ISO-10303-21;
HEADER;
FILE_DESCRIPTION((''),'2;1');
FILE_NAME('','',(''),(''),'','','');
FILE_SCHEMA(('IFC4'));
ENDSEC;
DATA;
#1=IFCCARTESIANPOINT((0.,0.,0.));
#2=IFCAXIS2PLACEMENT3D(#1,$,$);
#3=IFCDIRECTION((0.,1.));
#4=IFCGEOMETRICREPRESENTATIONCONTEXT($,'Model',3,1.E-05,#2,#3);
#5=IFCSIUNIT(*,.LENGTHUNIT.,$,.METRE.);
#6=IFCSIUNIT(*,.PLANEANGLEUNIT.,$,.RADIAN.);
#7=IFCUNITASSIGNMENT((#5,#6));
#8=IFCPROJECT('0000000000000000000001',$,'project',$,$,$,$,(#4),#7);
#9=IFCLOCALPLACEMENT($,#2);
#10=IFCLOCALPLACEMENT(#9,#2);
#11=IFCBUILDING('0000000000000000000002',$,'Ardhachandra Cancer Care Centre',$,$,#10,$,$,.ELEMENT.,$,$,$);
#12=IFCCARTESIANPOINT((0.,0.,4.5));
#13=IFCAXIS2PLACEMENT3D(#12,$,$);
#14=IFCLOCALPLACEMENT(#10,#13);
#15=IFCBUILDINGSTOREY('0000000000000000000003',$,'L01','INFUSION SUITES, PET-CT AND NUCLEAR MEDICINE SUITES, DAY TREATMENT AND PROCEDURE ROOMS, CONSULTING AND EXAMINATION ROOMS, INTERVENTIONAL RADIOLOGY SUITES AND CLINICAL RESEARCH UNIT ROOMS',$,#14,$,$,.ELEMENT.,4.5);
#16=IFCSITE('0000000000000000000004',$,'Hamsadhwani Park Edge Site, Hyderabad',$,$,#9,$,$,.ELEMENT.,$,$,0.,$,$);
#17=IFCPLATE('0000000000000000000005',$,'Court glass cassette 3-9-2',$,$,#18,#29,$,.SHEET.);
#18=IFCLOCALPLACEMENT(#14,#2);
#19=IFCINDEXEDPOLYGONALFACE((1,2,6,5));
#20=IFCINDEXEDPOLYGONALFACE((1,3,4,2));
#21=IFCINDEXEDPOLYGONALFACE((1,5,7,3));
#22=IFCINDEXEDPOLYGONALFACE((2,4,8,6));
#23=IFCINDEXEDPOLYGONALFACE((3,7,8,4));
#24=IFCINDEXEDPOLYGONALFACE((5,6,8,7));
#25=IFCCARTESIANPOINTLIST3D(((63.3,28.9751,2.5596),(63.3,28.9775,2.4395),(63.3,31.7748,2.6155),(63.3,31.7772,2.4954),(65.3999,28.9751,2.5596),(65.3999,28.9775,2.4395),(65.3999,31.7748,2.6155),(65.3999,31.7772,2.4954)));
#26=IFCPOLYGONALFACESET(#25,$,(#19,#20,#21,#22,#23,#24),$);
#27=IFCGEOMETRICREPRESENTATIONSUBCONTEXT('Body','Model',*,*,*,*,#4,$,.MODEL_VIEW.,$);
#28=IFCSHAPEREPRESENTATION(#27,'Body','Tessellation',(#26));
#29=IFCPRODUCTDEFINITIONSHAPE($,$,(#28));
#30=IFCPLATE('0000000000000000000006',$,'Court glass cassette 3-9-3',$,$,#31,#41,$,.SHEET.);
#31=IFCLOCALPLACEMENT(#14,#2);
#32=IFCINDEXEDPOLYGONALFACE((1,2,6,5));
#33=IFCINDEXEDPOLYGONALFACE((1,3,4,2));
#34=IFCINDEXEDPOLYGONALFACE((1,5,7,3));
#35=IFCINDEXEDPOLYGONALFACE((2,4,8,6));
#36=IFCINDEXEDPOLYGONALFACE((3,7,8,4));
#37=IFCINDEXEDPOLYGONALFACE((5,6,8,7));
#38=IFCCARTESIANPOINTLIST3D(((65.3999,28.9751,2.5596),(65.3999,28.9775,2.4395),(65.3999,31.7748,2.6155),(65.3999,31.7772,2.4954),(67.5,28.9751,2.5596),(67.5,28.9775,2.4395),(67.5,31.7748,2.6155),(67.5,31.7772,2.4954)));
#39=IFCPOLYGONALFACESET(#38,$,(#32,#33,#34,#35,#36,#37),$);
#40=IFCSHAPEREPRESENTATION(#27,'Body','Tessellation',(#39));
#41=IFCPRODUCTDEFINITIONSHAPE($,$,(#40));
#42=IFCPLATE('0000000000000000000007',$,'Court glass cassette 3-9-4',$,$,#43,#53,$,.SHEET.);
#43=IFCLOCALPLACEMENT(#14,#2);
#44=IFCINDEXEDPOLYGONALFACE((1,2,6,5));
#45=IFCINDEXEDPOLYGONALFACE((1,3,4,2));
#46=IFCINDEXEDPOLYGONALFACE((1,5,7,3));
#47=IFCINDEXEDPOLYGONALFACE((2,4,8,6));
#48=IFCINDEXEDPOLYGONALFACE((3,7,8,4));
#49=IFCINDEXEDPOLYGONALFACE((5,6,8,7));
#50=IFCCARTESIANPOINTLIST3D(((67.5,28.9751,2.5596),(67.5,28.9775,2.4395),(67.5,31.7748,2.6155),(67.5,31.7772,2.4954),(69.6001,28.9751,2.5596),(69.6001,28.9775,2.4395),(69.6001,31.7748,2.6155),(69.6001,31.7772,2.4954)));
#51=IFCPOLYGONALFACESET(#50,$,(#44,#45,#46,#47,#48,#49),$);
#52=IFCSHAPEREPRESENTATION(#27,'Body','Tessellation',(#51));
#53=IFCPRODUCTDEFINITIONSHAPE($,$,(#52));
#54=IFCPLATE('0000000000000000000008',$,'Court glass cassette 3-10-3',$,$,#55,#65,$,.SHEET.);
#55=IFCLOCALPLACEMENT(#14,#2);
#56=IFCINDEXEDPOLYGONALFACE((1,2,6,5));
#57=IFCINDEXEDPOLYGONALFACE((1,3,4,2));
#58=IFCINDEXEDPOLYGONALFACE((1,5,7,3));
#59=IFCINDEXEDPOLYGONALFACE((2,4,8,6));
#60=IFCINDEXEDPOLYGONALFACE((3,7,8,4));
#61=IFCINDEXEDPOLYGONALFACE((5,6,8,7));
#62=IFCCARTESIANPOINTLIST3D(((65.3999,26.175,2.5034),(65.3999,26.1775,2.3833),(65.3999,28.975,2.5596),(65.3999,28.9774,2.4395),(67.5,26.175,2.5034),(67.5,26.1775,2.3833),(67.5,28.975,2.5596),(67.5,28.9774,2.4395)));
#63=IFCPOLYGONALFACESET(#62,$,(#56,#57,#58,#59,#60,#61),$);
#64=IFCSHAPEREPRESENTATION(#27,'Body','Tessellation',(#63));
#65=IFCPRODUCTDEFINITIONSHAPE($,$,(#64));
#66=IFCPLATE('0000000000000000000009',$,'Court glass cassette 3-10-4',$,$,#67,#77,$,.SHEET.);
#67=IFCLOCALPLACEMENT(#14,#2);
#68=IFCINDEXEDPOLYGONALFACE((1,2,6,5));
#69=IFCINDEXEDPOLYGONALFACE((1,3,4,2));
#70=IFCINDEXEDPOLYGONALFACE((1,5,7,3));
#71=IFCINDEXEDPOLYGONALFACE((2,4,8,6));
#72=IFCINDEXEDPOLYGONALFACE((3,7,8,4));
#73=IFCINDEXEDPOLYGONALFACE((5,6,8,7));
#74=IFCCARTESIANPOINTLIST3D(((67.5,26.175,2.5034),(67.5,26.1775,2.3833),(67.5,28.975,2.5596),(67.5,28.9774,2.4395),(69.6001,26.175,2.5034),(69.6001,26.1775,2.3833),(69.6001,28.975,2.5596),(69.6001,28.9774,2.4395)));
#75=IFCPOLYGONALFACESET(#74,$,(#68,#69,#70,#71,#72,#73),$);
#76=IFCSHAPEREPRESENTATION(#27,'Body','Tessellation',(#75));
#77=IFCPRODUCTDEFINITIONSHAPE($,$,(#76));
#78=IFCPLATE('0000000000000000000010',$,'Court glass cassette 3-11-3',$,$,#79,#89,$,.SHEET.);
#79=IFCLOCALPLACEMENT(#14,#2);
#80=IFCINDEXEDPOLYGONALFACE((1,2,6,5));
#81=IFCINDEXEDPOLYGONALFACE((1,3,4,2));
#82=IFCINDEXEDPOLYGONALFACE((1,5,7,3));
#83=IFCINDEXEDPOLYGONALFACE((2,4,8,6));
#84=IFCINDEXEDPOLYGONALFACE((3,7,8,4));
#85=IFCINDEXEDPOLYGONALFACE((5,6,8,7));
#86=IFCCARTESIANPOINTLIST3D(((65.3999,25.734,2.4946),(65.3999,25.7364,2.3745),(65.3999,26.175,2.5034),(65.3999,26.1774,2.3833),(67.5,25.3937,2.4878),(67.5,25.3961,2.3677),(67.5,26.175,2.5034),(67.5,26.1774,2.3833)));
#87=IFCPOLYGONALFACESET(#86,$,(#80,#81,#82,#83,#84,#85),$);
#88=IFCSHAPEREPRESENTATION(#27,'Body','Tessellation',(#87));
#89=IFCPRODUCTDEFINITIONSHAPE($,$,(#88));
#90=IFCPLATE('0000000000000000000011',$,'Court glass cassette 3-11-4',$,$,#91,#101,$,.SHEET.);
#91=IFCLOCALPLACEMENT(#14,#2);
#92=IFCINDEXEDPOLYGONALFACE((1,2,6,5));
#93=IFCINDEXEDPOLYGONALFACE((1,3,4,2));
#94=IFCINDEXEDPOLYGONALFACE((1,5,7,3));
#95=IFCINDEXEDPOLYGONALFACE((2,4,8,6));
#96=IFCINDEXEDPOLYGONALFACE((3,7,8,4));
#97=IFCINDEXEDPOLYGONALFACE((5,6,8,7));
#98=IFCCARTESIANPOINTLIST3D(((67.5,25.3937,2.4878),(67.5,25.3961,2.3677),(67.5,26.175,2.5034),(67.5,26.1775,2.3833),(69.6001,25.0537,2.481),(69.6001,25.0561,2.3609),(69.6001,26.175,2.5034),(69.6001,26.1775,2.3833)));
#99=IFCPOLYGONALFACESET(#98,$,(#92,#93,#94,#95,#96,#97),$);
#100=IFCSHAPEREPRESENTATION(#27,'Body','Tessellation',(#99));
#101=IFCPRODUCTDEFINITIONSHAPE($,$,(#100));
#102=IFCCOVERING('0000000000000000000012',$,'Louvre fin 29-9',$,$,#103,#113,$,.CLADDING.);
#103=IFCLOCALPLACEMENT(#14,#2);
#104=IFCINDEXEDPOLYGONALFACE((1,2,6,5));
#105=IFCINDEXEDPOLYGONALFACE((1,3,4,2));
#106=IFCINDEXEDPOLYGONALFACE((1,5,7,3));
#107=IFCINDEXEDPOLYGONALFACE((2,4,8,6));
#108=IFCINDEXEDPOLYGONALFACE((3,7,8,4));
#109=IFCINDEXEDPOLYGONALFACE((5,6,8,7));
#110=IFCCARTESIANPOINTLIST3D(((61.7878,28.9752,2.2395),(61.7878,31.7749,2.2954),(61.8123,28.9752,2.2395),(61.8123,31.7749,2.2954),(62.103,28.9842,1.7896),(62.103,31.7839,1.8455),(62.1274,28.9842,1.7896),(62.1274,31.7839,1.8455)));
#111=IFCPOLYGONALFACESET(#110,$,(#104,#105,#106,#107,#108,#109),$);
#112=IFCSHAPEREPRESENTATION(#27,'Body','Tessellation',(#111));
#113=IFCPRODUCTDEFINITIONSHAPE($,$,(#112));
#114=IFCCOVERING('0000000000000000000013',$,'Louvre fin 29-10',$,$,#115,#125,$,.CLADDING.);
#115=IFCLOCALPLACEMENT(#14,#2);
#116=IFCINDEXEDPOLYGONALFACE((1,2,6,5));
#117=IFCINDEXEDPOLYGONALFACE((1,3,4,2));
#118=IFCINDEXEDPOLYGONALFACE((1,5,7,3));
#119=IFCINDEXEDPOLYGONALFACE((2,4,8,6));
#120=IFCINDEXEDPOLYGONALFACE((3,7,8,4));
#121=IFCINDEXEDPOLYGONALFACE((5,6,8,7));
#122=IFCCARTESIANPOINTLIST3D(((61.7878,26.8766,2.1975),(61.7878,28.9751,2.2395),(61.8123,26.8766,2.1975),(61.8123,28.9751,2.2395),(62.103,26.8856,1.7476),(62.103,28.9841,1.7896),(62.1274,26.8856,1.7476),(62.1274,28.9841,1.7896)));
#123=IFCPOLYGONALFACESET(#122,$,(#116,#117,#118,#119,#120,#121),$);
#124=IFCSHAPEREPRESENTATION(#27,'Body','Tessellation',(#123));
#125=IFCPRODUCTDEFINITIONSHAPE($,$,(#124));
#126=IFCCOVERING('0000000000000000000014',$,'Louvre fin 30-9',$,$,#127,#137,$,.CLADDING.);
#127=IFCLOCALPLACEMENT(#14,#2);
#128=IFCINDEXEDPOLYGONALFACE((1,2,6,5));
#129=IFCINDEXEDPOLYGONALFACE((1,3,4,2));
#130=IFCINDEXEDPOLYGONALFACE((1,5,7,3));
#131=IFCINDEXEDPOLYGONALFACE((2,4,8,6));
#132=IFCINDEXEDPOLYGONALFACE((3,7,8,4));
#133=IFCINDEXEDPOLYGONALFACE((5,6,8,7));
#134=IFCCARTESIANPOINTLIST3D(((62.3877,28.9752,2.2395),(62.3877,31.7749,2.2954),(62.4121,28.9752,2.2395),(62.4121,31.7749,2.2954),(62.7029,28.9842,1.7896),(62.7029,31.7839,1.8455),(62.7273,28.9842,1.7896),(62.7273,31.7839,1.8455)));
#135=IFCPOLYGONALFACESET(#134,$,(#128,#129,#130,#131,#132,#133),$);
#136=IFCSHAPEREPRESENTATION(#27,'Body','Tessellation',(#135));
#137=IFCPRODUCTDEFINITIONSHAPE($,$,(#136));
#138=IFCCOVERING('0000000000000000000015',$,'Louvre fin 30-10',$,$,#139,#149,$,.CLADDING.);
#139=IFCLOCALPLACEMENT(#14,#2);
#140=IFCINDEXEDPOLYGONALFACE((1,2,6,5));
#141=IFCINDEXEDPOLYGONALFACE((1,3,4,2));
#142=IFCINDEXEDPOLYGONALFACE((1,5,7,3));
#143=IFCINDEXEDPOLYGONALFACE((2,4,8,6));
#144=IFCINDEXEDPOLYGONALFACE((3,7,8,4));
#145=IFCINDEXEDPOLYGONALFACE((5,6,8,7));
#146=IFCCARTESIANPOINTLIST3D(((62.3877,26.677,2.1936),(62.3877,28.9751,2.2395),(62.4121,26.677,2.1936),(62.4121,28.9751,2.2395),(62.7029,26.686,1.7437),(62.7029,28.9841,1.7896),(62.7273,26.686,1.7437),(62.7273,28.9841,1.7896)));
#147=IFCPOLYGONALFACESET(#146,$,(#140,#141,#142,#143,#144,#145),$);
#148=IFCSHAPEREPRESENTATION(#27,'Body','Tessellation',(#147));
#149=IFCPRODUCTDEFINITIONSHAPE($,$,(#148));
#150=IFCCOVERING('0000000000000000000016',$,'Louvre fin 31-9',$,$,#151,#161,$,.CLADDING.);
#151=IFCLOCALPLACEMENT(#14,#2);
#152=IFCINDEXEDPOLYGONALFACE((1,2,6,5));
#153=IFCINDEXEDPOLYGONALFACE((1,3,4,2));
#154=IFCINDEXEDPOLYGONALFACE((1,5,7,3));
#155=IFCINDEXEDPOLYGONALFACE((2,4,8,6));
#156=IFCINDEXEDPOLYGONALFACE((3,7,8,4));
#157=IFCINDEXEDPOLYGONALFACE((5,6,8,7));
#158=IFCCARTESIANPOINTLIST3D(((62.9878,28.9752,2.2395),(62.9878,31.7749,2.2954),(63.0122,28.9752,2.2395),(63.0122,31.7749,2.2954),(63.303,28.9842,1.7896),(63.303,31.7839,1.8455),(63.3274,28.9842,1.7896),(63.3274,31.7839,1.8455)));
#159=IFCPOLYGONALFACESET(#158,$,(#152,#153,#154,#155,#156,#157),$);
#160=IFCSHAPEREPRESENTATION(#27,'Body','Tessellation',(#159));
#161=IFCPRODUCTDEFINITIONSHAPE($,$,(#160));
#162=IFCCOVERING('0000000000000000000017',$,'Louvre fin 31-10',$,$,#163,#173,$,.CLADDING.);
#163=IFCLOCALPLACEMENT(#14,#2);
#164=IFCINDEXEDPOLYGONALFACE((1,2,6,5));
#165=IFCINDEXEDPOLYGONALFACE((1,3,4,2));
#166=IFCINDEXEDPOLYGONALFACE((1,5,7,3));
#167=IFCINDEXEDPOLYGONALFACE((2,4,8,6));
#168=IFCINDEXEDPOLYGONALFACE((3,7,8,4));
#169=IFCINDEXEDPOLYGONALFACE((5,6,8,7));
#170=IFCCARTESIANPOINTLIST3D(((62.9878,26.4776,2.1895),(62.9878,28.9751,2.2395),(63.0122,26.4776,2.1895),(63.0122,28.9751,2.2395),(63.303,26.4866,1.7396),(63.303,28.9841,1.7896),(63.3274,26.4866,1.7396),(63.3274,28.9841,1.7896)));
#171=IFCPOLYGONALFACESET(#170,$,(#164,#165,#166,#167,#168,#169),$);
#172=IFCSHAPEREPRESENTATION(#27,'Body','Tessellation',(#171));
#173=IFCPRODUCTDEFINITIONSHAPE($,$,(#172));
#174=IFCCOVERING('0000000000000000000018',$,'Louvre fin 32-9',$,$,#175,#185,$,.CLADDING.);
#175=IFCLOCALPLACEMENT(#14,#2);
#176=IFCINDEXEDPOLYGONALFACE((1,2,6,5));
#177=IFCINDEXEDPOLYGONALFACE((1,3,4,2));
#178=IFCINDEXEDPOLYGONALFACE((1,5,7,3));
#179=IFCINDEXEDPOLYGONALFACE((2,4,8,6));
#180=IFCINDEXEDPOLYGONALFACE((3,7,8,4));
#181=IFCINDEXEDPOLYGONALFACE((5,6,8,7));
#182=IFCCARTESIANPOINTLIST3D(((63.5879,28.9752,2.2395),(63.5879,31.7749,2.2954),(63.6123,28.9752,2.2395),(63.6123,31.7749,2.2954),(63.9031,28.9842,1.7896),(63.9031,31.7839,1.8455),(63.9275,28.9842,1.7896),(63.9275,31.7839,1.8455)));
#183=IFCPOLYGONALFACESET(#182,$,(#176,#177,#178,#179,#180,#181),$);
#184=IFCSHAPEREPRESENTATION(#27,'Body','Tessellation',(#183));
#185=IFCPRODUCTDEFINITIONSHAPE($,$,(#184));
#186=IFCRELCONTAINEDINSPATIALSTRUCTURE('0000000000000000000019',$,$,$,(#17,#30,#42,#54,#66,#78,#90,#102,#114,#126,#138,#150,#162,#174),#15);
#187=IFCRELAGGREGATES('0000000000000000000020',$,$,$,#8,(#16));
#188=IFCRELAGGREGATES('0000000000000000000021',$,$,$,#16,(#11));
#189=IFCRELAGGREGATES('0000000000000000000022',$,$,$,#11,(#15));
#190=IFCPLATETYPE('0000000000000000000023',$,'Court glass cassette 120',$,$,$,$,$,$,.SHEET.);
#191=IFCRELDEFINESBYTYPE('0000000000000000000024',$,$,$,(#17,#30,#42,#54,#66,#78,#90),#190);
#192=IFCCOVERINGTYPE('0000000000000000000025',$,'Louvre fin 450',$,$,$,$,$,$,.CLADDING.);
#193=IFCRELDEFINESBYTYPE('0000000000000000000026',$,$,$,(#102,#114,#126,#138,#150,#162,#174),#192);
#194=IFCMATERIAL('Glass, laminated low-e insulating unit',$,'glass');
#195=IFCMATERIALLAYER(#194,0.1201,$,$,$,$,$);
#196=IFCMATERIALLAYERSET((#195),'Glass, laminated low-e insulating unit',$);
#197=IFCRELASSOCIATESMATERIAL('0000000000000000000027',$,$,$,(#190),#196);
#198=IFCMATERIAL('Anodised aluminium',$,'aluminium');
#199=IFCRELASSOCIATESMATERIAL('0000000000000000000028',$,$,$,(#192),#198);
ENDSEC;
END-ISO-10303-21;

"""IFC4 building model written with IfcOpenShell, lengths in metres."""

from ifc_helpers import new_model, si_unit, direction, frame, origin, place, context, subcontext, project, spatial, polyline, outline, extrude, material, layer, layer_set, material_profile, profile_set, type_object, element, save


model = new_model("IFC4")

# Units and contexts
model_context = context("Model", 3, precision=1e-05, world=origin(), true_north=direction((0.0, 1.0)))
body_context = subcontext(model_context, "Body", "Model", "MODEL_VIEW")
ifc_project = project(units=[si_unit("LENGTHUNIT", "METRE"), si_unit("PLANEANGLEUNIT", "RADIAN")], contexts=[model_context])

# Site, building, storey
site_placement = place(None, origin())
site = spatial("IfcSite", under=ifc_project, at=site_placement, Name="Hamsadhwani Park Edge Site, Hyderabad", CompositionType="ELEMENT", RefElevation=0.0)
building_placement = place(site_placement, origin())
building = spatial("IfcBuilding", under=site, at=building_placement, Name="Ardhachandra Cancer Care Centre", CompositionType="ELEMENT")
storey_placement = place(building_placement, frame((0.0, 0.0, 4.5)))
storey = spatial("IfcBuildingStorey", under=building, at=storey_placement, Name="L01", Description="INFUSION SUITES, PET-CT AND NUCLEAR MEDICINE SUITES, DAY TREATMENT AND PROCEDURE ROOMS, CONSULTING AND EXAMINATION ROOMS, INTERVENTIONAL RADIOLOGY SUITES AND CLINICAL RESEARCH UNIT ROOMS", CompositionType="ELEMENT", Elevation=4.5)

# Plates
ifc_material_1 = material(Name="Glass, laminated low-e insulating unit", Category="glass")
ifc_layer = layer(ifc_material_1, 0.1201)
ifc_layer_set = layer_set([ifc_layer], Name="Glass, laminated low-e insulating unit")
plate_type = type_object("IfcPlateType", Name="Court glass cassette 120", PredefinedType="SHEET", material=ifc_layer_set)
plate_1_placement = place(storey_placement, frame((63.3, 28.9751, 2.5596), z_axis=(0.0, -0.019965, 0.999801), x_axis=(0.0, 0.999801, 0.019965)))
element("IfcPlate", 1, at=plate_1_placement, inside=storey, type_object=plate_type, Name="Court glass cassette 3-9-2", PredefinedType="SHEET", context=body_context, shape_type="SweptSolid", body=[
    extrude(outline(polyline([(0.0, -2.0999), (2.8003, -2.0999), (2.8003, 0.0), (0.0, 0.0), (0.0, -2.0999)])), frame((0.0, 0.0, -0.1201)), (0.0, 0.0, 1.0), 0.1201),
])
for number, where, z_axis, x_axis, name in (
    (2, (65.3999, 28.9751, 2.5596), (0.0, -0.019965, 0.999801), (0.0, 0.999801, 0.019965), "Court glass cassette 3-9-3"),
    (3, (67.5, 28.9751, 2.5596), (0.0, -0.019965, 0.999801), (0.0, 0.999801, 0.019965), "Court glass cassette 3-9-4"),
):
    element("IfcPlate", number, at=place(storey_placement, frame(where, z_axis=z_axis, x_axis=x_axis)), inside=storey, type_object=plate_type, Name=name, PredefinedType="SHEET", context=body_context, shape_type="SweptSolid", body=[
        extrude(outline(polyline([(0.0, -2.1001), (2.8003, -2.1001), (2.8003, 0.0), (0.0, 0.0), (0.0, -2.1001)])), frame((0.0, 0.0, -0.1201)), (0.0, 0.0, 1.0), 0.1201),
    ])
for number, where, z_axis, x_axis, name in (
    (4, (65.3999, 26.175, 2.5034), (0.0, -0.02005, 0.999799), (0.0, 0.999799, 0.02005), "Court glass cassette 3-10-3"),
    (5, (67.5, 26.175, 2.5034), (0.0, -0.02005, 0.999799), (0.0, 0.999799, 0.02005), "Court glass cassette 3-10-4"),
):
    element("IfcPlate", number, at=place(storey_placement, frame(where, z_axis=z_axis, x_axis=x_axis)), inside=storey, type_object=plate_type, Name=name, PredefinedType="SHEET", context=body_context, shape_type="SweptSolid", body=[
        extrude(outline(polyline([(0.0, -2.1001), (2.8005, -2.1001), (2.8005, 0.0), (0.0, 0.0), (0.0, -2.1001)])), frame((0.0, 0.0, -0.1201)), (0.0, 0.0, 1.0), 0.1201),
    ])
plate_2_placement = place(storey_placement, frame((65.3999, 26.175, 2.5034), z_axis=(0.00001, -0.019968, 0.999801), x_axis=(1.0, 0.0, -0.00001)))
element("IfcPlate", 6, at=plate_2_placement, inside=storey, type_object=plate_type, Name="Court glass cassette 3-11-3", PredefinedType="SHEET", context=body_context, shape_type="SweptSolid", body=[
    extrude(outline(polyline([(0.0, -0.4412), (2.1001, -0.7815), (2.1001, 0.0), (0.0, 0.0), (0.0, -0.4412)])), frame((0.0, 0.0, -0.1201)), (0.0, 0.0, 1.0), 0.1201),
])
plate_3_placement = place(storey_placement, frame((67.5, 26.175, 2.5034), z_axis=(0.000007, -0.020014, 0.9998), x_axis=(1.0, 0.0, -0.000007)))
element("IfcPlate", 7, at=plate_3_placement, inside=storey, type_object=plate_type, Name="Court glass cassette 3-11-4", PredefinedType="SHEET", context=body_context, shape_type="SweptSolid", body=[
    extrude(outline(polyline([(0.0, -0.7815), (2.1001, -1.1216), (2.1001, 0.0), (0.0, 0.0), (0.0, -0.7815)])), frame((0.0, 0.0, -0.1201)), (0.0, 0.0, 1.0), 0.1201),
])

# Coverings
ifc_material_2 = material(Name="Anodised aluminium", Category="aluminium")
ifc_material_profile_1 = material_profile(ifc_material_2, outline(polyline([(-0.0122, 0.0), (0.0122, 0.0), (0.3274, -0.45), (0.303, -0.45), (-0.0122, 0.0)])), Name="Louvre fin 450")
ifc_profile_set_1 = profile_set([ifc_material_profile_1], Name="Anodised aluminium")
covering_type = type_object("IfcCoveringType", Name="Louvre fin 450", PredefinedType="CLADDING", material=ifc_profile_set_1)
covering_1_placement = place(storey_placement, frame((61.8, 31.7749, 2.2954), z_axis=(0.0, -0.999801, -0.019965), x_axis=(1.0, 0.0, 0.0)))
element("IfcCovering", 8, at=covering_1_placement, inside=storey, type_object=covering_type, Name="Louvre fin 29-9", PredefinedType="CLADDING", context=body_context, shape_type="SweptSolid", body=[
    extrude(outline(polyline([(-0.0122, 0.0), (0.0122, 0.0), (0.3274, -0.45), (0.303, -0.45), (-0.0122, 0.0)])), origin(), (0.0, 0.0, 1.0), 2.8003),
])
covering_2_placement = place(storey_placement, frame((61.8, 28.9751, 2.2395), z_axis=(0.0, -0.9998, -0.020008), x_axis=(1.0, 0.0, 0.0)))
element("IfcCovering", 9, at=covering_2_placement, inside=storey, type_object=covering_type, Name="Louvre fin 29-10", PredefinedType="CLADDING", context=body_context, shape_type="SweptSolid", body=[
    extrude(outline(polyline([(-0.0122, 0.0), (0.0122, 0.0), (0.3274, -0.45), (0.303, -0.45), (-0.0122, 0.0)])), origin(), (0.0, 0.0, 1.0), 2.0989),
])
covering_3_placement = place(storey_placement, frame((62.3999, 31.7749, 2.2954), z_axis=(0.0, -0.999801, -0.019965), x_axis=(1.0, 0.0, 0.0)))
element("IfcCovering", 10, at=covering_3_placement, inside=storey, type_object=covering_type, Name="Louvre fin 30-9", PredefinedType="CLADDING", context=body_context, shape_type="SweptSolid", body=[
    extrude(outline(polyline([(-0.0122, 0.0), (0.0122, 0.0), (0.3274, -0.45), (0.303, -0.45), (-0.0122, 0.0)])), origin(), (0.0, 0.0, 1.0), 2.8003),
])
covering_4_placement = place(storey_placement, frame((62.3999, 28.9751, 2.2395), z_axis=(0.0, -0.999801, -0.019968), x_axis=(1.0, 0.0, 0.0)))
element("IfcCovering", 11, at=covering_4_placement, inside=storey, type_object=covering_type, Name="Louvre fin 30-10", PredefinedType="CLADDING", context=body_context, shape_type="SweptSolid", body=[
    extrude(outline(polyline([(-0.0122, 0.0), (0.0122, 0.0), (0.3274, -0.45), (0.303, -0.45), (-0.0122, 0.0)])), origin(), (0.0, 0.0, 1.0), 2.2986),
])
covering_5_placement = place(storey_placement, frame((63.0, 31.7749, 2.2954), z_axis=(0.0, -0.999801, -0.019965), x_axis=(1.0, 0.0, 0.0)))
element("IfcCovering", 12, at=covering_5_placement, inside=storey, type_object=covering_type, Name="Louvre fin 31-9", PredefinedType="CLADDING", context=body_context, shape_type="SweptSolid", body=[
    extrude(outline(polyline([(-0.0122, 0.0), (0.0122, 0.0), (0.3274, -0.45), (0.303, -0.45), (-0.0122, 0.0)])), origin(), (0.0, 0.0, 1.0), 2.8003),
])
covering_6_placement = place(storey_placement, frame((63.0, 28.9751, 2.2395), z_axis=(0.0, -0.999799, -0.020035), x_axis=(1.0, 0.0, 0.0)))
element("IfcCovering", 13, at=covering_6_placement, inside=storey, type_object=covering_type, Name="Louvre fin 31-10", PredefinedType="CLADDING", context=body_context, shape_type="SweptSolid", body=[
    extrude(outline(polyline([(-0.0122, 0.0), (0.0122, 0.0), (0.3274, -0.45), (0.303, -0.45), (-0.0122, 0.0)])), origin(), (0.0, 0.0, 1.0), 2.498),
])
covering_7_placement = place(storey_placement, frame((63.6001, 31.7749, 2.2954), z_axis=(0.0, -0.999801, -0.019965), x_axis=(1.0, 0.0, 0.0)))
element("IfcCovering", 14, at=covering_7_placement, inside=storey, type_object=covering_type, Name="Louvre fin 32-9", PredefinedType="CLADDING", context=body_context, shape_type="SweptSolid", body=[
    extrude(outline(polyline([(-0.0122, 0.0), (0.0122, 0.0), (0.3274, -0.45), (0.303, -0.45), (-0.0122, 0.0)])), origin(), (0.0, 0.0, 1.0), 2.8003),
])

save(model, "model.ifc")
